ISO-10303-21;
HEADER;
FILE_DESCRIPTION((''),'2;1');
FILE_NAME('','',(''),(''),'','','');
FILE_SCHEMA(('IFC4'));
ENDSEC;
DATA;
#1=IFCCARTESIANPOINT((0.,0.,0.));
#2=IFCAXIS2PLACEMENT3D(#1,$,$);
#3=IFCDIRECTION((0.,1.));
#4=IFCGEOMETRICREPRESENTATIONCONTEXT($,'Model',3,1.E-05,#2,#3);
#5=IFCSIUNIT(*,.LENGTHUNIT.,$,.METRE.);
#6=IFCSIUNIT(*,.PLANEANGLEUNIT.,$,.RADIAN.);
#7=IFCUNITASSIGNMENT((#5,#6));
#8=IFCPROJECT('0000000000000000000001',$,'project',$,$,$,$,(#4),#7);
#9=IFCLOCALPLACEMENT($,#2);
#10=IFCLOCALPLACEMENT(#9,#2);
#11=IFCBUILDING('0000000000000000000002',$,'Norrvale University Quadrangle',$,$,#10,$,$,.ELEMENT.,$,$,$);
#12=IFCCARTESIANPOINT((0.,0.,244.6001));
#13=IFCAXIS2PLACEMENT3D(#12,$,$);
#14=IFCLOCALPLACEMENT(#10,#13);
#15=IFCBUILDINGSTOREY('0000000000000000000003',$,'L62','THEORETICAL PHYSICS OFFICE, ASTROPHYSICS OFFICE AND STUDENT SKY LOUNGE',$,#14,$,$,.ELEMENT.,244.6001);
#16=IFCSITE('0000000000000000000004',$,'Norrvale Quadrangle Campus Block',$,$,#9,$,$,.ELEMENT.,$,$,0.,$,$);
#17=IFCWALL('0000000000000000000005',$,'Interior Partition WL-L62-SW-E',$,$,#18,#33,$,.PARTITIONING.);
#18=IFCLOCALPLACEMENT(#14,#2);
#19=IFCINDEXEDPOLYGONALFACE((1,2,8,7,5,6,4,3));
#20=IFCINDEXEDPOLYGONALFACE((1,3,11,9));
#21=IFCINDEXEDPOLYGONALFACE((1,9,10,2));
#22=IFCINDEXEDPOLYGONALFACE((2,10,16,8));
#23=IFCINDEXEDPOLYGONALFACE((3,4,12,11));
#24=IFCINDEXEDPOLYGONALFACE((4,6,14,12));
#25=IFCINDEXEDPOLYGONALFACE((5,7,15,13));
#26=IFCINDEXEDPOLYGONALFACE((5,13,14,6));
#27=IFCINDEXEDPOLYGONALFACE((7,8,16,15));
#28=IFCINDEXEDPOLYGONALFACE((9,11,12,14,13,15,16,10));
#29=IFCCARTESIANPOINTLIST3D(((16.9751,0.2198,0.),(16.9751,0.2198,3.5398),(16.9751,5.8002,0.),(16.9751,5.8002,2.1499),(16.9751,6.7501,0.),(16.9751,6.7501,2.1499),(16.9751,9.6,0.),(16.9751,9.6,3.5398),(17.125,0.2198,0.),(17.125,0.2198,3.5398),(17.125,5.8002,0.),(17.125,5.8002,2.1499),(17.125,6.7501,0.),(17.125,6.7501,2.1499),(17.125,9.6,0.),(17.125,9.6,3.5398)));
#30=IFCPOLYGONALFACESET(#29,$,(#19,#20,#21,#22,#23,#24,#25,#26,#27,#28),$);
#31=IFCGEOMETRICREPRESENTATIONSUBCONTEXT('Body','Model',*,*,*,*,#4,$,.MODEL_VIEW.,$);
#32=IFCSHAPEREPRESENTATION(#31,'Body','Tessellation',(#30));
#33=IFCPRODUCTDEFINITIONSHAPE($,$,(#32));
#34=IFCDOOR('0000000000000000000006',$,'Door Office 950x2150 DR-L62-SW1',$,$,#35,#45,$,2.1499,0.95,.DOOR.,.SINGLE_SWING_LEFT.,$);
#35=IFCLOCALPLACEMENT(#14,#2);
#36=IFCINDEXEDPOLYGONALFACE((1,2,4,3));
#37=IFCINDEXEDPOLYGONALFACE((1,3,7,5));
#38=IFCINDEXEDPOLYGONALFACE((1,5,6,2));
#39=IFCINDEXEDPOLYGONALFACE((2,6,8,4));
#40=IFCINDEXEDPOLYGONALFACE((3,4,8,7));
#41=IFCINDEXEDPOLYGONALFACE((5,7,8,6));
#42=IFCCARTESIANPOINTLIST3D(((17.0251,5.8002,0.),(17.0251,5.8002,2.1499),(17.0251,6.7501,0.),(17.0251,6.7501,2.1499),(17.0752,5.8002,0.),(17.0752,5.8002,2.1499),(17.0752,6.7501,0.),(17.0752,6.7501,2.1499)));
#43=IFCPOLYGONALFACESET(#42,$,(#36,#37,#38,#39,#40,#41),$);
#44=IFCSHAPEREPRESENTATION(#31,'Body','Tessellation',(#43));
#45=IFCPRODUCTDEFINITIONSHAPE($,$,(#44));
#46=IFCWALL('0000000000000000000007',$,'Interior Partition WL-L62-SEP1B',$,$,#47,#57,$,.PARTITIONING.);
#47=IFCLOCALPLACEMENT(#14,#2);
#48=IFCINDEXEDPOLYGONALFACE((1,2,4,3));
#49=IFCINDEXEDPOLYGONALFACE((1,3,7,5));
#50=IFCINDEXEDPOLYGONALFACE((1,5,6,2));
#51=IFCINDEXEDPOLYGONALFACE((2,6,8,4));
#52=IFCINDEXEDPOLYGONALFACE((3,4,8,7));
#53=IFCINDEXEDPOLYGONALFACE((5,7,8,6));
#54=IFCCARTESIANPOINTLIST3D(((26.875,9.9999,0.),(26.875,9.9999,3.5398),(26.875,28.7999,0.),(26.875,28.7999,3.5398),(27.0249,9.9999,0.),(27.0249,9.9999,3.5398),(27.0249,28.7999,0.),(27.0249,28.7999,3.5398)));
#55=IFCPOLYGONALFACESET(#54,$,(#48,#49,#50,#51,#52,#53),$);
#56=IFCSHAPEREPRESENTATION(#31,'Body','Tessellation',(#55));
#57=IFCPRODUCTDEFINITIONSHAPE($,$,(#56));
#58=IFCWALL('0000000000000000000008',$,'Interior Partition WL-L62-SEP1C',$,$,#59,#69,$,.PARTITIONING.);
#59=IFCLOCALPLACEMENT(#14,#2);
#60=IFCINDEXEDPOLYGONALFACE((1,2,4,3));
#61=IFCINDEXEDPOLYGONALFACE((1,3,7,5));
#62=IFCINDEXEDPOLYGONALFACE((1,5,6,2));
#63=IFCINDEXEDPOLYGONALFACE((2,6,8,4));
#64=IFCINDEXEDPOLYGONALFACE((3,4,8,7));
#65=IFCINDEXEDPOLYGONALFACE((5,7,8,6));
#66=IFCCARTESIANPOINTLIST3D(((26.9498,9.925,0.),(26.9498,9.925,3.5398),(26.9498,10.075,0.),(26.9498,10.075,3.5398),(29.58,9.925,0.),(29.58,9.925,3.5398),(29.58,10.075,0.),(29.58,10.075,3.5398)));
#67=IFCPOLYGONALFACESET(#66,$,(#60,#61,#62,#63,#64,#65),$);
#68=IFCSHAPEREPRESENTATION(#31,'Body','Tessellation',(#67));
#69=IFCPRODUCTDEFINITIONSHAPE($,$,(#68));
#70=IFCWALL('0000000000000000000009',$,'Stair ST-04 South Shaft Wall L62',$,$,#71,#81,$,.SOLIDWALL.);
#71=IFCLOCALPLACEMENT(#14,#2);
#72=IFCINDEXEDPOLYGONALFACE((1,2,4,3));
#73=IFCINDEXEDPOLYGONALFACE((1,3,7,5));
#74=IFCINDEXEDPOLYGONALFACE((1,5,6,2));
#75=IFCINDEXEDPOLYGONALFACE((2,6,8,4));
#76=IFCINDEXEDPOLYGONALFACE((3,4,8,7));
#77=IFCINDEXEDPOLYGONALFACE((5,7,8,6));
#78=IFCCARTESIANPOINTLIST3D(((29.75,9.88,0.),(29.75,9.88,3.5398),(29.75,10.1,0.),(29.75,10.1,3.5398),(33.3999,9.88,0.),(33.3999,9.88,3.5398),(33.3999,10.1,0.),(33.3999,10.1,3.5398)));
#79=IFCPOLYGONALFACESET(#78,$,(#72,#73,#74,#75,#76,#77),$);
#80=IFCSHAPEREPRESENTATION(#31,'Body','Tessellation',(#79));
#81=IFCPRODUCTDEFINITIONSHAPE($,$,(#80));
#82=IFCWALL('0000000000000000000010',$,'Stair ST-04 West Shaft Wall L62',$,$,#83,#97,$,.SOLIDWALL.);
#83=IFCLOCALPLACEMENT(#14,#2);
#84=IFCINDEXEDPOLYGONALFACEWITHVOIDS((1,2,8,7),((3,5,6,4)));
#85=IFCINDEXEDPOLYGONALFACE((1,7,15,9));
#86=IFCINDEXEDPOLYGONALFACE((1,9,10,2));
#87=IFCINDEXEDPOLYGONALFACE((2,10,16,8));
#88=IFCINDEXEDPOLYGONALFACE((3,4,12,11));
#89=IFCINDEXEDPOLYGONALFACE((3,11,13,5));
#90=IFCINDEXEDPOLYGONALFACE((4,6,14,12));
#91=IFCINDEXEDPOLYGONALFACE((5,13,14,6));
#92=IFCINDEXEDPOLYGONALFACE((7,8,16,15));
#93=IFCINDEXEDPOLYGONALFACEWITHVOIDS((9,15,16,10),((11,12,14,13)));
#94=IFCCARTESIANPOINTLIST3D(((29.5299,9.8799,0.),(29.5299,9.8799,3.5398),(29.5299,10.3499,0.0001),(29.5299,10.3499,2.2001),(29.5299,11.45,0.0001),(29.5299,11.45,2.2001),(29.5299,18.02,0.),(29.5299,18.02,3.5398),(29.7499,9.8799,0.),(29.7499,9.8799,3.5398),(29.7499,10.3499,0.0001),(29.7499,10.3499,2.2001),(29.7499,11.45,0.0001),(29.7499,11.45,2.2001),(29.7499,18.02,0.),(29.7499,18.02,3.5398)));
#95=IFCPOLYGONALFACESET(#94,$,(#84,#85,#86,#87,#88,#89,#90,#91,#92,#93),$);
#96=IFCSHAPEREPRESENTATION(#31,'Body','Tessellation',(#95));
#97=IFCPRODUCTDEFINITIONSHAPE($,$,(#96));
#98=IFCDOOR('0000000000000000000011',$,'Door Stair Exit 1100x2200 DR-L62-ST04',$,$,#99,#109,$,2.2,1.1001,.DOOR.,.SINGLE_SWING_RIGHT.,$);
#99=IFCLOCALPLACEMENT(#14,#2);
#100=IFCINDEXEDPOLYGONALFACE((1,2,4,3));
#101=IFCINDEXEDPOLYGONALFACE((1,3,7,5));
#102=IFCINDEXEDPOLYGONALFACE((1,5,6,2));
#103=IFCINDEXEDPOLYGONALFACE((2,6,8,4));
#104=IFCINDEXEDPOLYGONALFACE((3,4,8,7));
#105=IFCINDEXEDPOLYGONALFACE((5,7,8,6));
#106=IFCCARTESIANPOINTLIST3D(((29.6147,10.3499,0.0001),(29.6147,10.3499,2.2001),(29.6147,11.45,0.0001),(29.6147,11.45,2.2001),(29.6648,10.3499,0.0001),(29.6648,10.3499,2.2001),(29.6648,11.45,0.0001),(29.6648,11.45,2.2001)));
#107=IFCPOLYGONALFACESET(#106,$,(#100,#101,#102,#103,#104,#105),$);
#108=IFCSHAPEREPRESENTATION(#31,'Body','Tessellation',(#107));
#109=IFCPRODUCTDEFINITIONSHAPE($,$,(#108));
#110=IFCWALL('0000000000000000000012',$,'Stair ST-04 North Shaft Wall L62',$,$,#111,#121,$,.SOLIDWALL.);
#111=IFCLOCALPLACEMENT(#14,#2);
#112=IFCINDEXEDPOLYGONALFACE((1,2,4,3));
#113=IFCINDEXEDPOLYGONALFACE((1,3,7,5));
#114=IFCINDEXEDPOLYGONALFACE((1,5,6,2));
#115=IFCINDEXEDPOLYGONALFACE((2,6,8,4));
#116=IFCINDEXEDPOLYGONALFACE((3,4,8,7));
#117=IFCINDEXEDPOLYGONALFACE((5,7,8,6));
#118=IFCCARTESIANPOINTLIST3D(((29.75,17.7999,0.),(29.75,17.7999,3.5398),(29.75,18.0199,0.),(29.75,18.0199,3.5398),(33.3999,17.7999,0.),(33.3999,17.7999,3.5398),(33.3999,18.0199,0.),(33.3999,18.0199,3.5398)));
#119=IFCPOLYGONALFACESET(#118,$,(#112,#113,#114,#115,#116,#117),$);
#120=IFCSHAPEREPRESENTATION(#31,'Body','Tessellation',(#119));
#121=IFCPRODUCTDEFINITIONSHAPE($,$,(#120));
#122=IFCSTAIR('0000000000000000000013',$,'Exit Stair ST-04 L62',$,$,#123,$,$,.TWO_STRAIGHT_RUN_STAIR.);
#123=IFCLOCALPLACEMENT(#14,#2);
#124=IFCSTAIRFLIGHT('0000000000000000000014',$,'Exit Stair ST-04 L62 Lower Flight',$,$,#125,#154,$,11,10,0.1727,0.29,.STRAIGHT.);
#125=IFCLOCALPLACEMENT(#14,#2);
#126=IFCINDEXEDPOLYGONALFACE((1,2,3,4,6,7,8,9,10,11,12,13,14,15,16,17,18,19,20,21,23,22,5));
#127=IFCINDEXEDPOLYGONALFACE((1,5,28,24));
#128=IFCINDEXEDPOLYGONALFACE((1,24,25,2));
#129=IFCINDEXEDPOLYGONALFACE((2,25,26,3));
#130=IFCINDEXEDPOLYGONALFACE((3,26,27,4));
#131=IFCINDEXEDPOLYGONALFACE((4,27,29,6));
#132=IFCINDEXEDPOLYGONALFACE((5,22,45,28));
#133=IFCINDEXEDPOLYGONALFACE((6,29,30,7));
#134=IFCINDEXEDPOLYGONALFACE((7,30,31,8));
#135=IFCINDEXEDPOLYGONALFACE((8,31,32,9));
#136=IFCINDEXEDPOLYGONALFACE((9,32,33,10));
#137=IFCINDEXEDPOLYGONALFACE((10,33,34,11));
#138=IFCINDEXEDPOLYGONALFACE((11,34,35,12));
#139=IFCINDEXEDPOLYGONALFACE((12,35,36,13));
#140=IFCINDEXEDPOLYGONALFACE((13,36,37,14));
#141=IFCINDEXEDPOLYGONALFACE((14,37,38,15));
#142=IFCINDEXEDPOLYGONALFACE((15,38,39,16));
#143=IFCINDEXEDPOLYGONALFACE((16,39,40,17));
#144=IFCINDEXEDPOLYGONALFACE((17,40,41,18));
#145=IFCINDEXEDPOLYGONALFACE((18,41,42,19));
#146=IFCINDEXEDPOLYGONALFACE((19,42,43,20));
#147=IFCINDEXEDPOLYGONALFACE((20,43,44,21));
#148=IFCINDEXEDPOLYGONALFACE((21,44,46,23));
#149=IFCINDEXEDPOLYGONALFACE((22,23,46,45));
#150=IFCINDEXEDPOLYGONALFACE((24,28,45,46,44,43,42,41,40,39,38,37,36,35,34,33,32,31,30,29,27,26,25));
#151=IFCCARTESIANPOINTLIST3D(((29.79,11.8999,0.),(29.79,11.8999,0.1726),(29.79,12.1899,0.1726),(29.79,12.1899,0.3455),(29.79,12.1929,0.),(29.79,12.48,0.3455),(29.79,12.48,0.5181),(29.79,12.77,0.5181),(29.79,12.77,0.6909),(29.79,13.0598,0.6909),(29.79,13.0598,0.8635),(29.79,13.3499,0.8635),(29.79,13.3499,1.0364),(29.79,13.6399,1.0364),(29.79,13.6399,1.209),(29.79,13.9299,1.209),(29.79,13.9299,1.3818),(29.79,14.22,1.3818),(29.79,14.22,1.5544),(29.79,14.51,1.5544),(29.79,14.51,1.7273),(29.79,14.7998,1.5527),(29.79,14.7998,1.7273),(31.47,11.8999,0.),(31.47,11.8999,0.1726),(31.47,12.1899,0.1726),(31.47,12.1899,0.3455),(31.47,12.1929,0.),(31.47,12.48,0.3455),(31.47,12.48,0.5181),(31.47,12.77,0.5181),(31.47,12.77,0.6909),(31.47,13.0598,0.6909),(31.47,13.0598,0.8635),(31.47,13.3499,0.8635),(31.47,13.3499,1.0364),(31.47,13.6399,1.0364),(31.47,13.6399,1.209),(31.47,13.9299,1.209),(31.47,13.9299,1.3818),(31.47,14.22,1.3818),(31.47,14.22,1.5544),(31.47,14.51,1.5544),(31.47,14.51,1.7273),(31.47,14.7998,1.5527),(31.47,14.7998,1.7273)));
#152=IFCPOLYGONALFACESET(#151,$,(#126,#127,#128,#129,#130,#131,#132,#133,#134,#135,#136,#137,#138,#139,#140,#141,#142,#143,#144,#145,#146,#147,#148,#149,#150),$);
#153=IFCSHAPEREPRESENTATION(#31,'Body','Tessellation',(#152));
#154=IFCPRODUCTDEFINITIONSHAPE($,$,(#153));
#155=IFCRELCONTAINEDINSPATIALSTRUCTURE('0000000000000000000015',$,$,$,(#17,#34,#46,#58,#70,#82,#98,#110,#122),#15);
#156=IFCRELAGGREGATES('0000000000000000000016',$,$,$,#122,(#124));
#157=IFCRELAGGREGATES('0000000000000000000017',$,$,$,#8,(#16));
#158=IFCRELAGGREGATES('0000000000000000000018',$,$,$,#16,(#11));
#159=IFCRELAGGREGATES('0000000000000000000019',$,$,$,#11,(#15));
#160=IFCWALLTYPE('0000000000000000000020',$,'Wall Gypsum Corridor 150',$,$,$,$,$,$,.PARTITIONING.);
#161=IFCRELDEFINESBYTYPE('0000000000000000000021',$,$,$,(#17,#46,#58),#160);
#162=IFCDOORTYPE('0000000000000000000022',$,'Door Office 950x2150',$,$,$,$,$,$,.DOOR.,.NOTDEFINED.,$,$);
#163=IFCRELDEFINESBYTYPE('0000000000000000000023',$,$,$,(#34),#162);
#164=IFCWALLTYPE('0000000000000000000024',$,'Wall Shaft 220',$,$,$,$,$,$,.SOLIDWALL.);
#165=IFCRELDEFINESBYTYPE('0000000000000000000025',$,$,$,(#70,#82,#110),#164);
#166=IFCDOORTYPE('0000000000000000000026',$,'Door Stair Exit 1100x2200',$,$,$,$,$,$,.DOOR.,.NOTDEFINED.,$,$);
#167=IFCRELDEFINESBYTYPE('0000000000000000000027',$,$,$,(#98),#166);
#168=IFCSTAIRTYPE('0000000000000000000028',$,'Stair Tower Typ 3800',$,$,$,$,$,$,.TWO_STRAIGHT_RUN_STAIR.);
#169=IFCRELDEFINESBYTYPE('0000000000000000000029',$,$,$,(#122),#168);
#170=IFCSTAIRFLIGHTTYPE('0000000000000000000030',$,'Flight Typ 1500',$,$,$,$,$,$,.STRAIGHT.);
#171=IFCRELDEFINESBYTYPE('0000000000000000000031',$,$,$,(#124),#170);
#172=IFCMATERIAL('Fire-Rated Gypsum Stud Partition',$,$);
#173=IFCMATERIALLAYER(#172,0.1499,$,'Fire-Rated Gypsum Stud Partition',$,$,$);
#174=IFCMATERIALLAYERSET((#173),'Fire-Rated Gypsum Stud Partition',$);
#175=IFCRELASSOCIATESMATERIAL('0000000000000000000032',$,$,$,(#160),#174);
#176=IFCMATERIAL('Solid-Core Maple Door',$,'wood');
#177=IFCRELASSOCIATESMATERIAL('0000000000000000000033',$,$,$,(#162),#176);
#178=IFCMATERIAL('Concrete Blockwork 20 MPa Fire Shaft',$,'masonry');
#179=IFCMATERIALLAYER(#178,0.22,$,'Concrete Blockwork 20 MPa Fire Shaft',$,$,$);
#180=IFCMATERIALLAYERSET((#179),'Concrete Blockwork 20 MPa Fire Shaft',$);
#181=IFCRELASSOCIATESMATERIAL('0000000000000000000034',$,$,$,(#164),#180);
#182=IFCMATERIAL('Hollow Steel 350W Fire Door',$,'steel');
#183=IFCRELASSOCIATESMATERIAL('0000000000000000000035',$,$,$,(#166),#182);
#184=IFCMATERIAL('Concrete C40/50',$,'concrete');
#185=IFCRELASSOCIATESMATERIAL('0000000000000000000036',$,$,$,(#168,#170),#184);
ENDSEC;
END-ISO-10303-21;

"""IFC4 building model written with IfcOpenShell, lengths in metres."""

from ifc_helpers import new_model, si_unit, direction, frame, frame_2d, origin, place, context, subcontext, project, spatial, polyline, rectangle, outline, extrude, material, layer, layer_set, type_object, element, fill, aggregate, save


model = new_model("IFC4")

# Units and contexts
model_context = context("Model", 3, precision=1e-05, world=origin(), true_north=direction((0.0, 1.0)))
body_context = subcontext(model_context, "Body", "Model", "MODEL_VIEW")
ifc_project = project(units=[si_unit("LENGTHUNIT", "METRE"), si_unit("PLANEANGLEUNIT", "RADIAN")], contexts=[model_context])

# Site, building, storey
site_placement = place(None, origin())
site = spatial("IfcSite", under=ifc_project, at=site_placement, Name="Norrvale Quadrangle Campus Block", CompositionType="ELEMENT", RefElevation=0.0)
building_placement = place(site_placement, origin())
building = spatial("IfcBuilding", under=site, at=building_placement, Name="Norrvale University Quadrangle", CompositionType="ELEMENT")
storey_placement = place(building_placement, frame((0.0, 0.0, 244.6001)))
storey = spatial("IfcBuildingStorey", under=building, at=storey_placement, Name="L62", Description="THEORETICAL PHYSICS OFFICE, ASTROPHYSICS OFFICE AND STUDENT SKY LOUNGE", CompositionType="ELEMENT", Elevation=244.6001)

# Shared definitions
ifc_material_1 = material(Name="Fire-Rated Gypsum Stud Partition")
ifc_layer_1 = layer(ifc_material_1, 0.1499, Name="Fire-Rated Gypsum Stud Partition")
ifc_layer_set_1 = layer_set([ifc_layer_1], Name="Fire-Rated Gypsum Stud Partition")
wall_type_1 = type_object("IfcWallType", Name="Wall Gypsum Corridor 150", PredefinedType="PARTITIONING", material=ifc_layer_set_1)

# Wall, opening, door
wall_1_placement = place(storey_placement, frame((17.05, 0.22, 0.0), z_axis=(0.0, 0.0, 1.0), x_axis=(0.0, 1.0, 0.0)))
wall_1 = element("IfcWall", 1, at=wall_1_placement, inside=storey, type_object=wall_type_1, Name="Interior Partition WL-L62-SW-E", PredefinedType="PARTITIONING", context=body_context, shape_type="SweptSolid", body=[
    extrude(rectangle(XDim=9.3801, YDim=0.1499, at=frame_2d((4.6899, 0.0))), origin(), (0.0, 0.0, 1.0), 3.5398),
])
opening_1_placement = place(wall_1_placement, frame((5.5801, 0.0, 0.0)))
opening_1 = element("IfcOpeningElement", 2, at=opening_1_placement, cuts=wall_1, PredefinedType="OPENING", context=body_context, shape_type="SweptSolid", body=[
    extrude(rectangle(XDim=0.95, YDim=2.1499, at=frame_2d((0.4751, 1.075))), frame((0.0, 0.0869, 0.0), z_axis=(0.0, -1.0, 0.0), x_axis=(1.0, 0.0, 0.0)), (0.0, 0.0, 1.0), 0.1738),
])
ifc_material_2 = material(Name="Solid-Core Maple Door", Category="wood")
door_type_1 = type_object("IfcDoorType", Name="Door Office 950x2150", OperationType="NOTDEFINED", PredefinedType="DOOR", material=ifc_material_2)
door_1_placement = place(opening_1_placement, origin())
door_1 = element("IfcDoor", 3, at=door_1_placement, inside=storey, type_object=door_type_1, Name="Door Office 950x2150 DR-L62-SW1", OperationType="SINGLE_SWING_LEFT", OverallHeight=2.1499, OverallWidth=0.95, PredefinedType="DOOR", context=body_context, shape_type="SweptSolid", body=[
    extrude(rectangle(XDim=0.95, YDim=2.1499, at=frame_2d((0.4751, 1.075))), frame((0.0, 0.0249, 0.0), z_axis=(0.0, -1.0, 0.0), x_axis=(1.0, 0.0, 0.0)), (0.0, 0.0, 1.0), 0.05),
])
fill(opening_1, door_1)

# Walls
wall_2_placement = place(storey_placement, frame((26.95, 10.0, 0.0), z_axis=(0.0, 0.0, 1.0), x_axis=(0.0, 1.0, 0.0)))
element("IfcWall", 4, at=wall_2_placement, inside=storey, type_object=wall_type_1, Name="Interior Partition WL-L62-SEP1B", PredefinedType="PARTITIONING", context=body_context, shape_type="SweptSolid", body=[
    extrude(rectangle(XDim=18.8, YDim=0.1499, at=frame_2d((9.3999, 0.0))), origin(), (0.0, 0.0, 1.0), 3.5398),
])
wall_3_placement = place(storey_placement, frame((26.95, 10.0, 0.0), z_axis=(0.0, 0.0, 1.0), x_axis=(1.0, 0.0, 0.0)))
element("IfcWall", 5, at=wall_3_placement, inside=storey, type_object=wall_type_1, Name="Interior Partition WL-L62-SEP1C", PredefinedType="PARTITIONING", context=body_context, shape_type="SweptSolid", body=[
    extrude(rectangle(XDim=2.6301, YDim=0.1499, at=frame_2d((1.3149, 0.0))), origin(), (0.0, 0.0, 1.0), 3.5398),
])
ifc_material_3 = material(Name="Concrete Blockwork 20 MPa Fire Shaft", Category="masonry")
ifc_layer_2 = layer(ifc_material_3, 0.22, Name="Concrete Blockwork 20 MPa Fire Shaft")
ifc_layer_set_2 = layer_set([ifc_layer_2], Name="Concrete Blockwork 20 MPa Fire Shaft")
wall_type_2 = type_object("IfcWallType", Name="Wall Shaft 220", PredefinedType="SOLIDWALL", material=ifc_layer_set_2)
wall_4_placement = place(storey_placement, frame((29.75, 9.99, 0.0), z_axis=(0.0, 0.0, 1.0), x_axis=(1.0, 0.0, 0.0)))
element("IfcWall", 6, at=wall_4_placement, inside=storey, type_object=wall_type_2, Name="Stair ST-04 South Shaft Wall L62", PredefinedType="SOLIDWALL", context=body_context, shape_type="SweptSolid", body=[
    extrude(rectangle(XDim=3.6499, YDim=0.22, at=frame_2d((1.825, 0.0))), origin(), (0.0, 0.0, 1.0), 3.5398),
])

# Wall, opening, door
wall_5_placement = place(storey_placement, frame((29.6399, 9.8799, 0.0), z_axis=(0.0, 0.0, 1.0), x_axis=(0.0, 1.0, 0.0)))
wall_5 = element("IfcWall", 7, at=wall_5_placement, inside=storey, type_object=wall_type_2, Name="Stair ST-04 West Shaft Wall L62", PredefinedType="SOLIDWALL", context=body_context, shape_type="SweptSolid", body=[
    extrude(rectangle(XDim=8.1401, YDim=0.22, at=frame_2d((4.0701, 0.0))), origin(), (0.0, 0.0, 1.0), 3.5398),
])
opening_2_placement = place(wall_5_placement, frame((0.47, 0.0, 0.0)))
opening_2 = element("IfcOpeningElement", 8, at=opening_2_placement, cuts=wall_5, PredefinedType="OPENING", context=body_context, shape_type="SweptSolid", body=[
    extrude(rectangle(XDim=1.1001, YDim=2.2, at=frame_2d((0.55, 1.1001))), frame((0.0, 0.1221, 0.0), z_axis=(0.0, -1.0, 0.0), x_axis=(1.0, 0.0, 0.0)), (0.0, 0.0, 1.0), 0.2439),
])
ifc_material_4 = material(Name="Hollow Steel 350W Fire Door", Category="steel")
door_type_2 = type_object("IfcDoorType", Name="Door Stair Exit 1100x2200", OperationType="NOTDEFINED", PredefinedType="DOOR", material=ifc_material_4)
door_2_placement = place(opening_2_placement, frame((1.1001, 0.0, 0.0), z_axis=(0.0, 0.0, 1.0), x_axis=(-1.0, 0.0, 0.0)))
door_2 = element("IfcDoor", 9, at=door_2_placement, inside=storey, type_object=door_type_2, Name="Door Stair Exit 1100x2200 DR-L62-ST04", OperationType="SINGLE_SWING_RIGHT", OverallHeight=2.2, OverallWidth=1.1001, PredefinedType="DOOR", context=body_context, shape_type="SweptSolid", body=[
    extrude(rectangle(XDim=1.1001, YDim=2.2, at=frame_2d((0.55, 1.1001))), frame((0.0, 0.0249, 0.0), z_axis=(0.0, -1.0, 0.0), x_axis=(1.0, 0.0, 0.0)), (0.0, 0.0, 1.0), 0.05),
])
fill(opening_2, door_2)

# Wall
wall_6_placement = place(storey_placement, frame((29.75, 17.9099, 0.0), z_axis=(0.0, 0.0, 1.0), x_axis=(1.0, 0.0, 0.0)))
element("IfcWall", 10, at=wall_6_placement, inside=storey, type_object=wall_type_2, Name="Stair ST-04 North Shaft Wall L62", PredefinedType="SOLIDWALL", context=body_context, shape_type="SweptSolid", body=[
    extrude(rectangle(XDim=3.6499, YDim=0.22, at=frame_2d((1.825, 0.0))), origin(), (0.0, 0.0, 1.0), 3.5398),
])

# Stair, stair flight
ifc_material_5 = material(Name="Concrete C40/50", Category="concrete")
stair_type = type_object("IfcStairType", Name="Stair Tower Typ 3800", PredefinedType="TWO_STRAIGHT_RUN_STAIR", material=ifc_material_5)
stair_placement = place(storey_placement, origin())
stair = element("IfcStair", 11, at=stair_placement, inside=storey, type_object=stair_type, Name="Exit Stair ST-04 L62", PredefinedType="TWO_STRAIGHT_RUN_STAIR")
stair_flight_type = type_object("IfcStairFlightType", Name="Flight Typ 1500", PredefinedType="STRAIGHT", material=ifc_material_5)
stair_flight_placement = place(storey_placement, frame((30.6299, 11.8999, 0.0), z_axis=(0.0, 0.0, 1.0), x_axis=(0.0, 1.0, 0.0)))
stair_flight = element("IfcStairFlight", 12, at=stair_flight_placement, type_object=stair_flight_type, Name="Exit Stair ST-04 L62 Lower Flight", NumberOfRisers=11, NumberOfTreads=10, PredefinedType="STRAIGHT", RiserHeight=0.1727, TreadLength=0.29, context=body_context, shape_type="SweptSolid", body=[
    extrude(outline(polyline([(0.0, 0.0), (0.0, 0.1726), (0.29, 0.1726), (0.29, 0.3455), (0.5801, 0.3455), (0.5801, 0.5181), (0.8701, 0.5181), (0.8701, 0.6909), (1.1599, 0.6909), (1.1599, 0.8635), (1.45, 0.8635), (1.45, 1.0364), (1.74, 1.0364), (1.74, 1.209), (2.03, 1.209), (2.03, 1.3818), (2.3201, 1.3818), (2.3201, 1.5544), (2.6101, 1.5544), (2.6101, 1.7273), (2.8999, 1.7273), (2.8999, 1.8999), (2.8999, 1.5527), (0.293, 0.0), (0.0, 0.0)])), frame((0.0, 0.8398, 0.0), z_axis=(0.0, -1.0, 0.0), x_axis=(1.0, 0.0, 0.0)), (0.0, 0.0, 1.0), 1.6799),
])
aggregate(stair, [stair_flight])

save(model, "model.ifc")
